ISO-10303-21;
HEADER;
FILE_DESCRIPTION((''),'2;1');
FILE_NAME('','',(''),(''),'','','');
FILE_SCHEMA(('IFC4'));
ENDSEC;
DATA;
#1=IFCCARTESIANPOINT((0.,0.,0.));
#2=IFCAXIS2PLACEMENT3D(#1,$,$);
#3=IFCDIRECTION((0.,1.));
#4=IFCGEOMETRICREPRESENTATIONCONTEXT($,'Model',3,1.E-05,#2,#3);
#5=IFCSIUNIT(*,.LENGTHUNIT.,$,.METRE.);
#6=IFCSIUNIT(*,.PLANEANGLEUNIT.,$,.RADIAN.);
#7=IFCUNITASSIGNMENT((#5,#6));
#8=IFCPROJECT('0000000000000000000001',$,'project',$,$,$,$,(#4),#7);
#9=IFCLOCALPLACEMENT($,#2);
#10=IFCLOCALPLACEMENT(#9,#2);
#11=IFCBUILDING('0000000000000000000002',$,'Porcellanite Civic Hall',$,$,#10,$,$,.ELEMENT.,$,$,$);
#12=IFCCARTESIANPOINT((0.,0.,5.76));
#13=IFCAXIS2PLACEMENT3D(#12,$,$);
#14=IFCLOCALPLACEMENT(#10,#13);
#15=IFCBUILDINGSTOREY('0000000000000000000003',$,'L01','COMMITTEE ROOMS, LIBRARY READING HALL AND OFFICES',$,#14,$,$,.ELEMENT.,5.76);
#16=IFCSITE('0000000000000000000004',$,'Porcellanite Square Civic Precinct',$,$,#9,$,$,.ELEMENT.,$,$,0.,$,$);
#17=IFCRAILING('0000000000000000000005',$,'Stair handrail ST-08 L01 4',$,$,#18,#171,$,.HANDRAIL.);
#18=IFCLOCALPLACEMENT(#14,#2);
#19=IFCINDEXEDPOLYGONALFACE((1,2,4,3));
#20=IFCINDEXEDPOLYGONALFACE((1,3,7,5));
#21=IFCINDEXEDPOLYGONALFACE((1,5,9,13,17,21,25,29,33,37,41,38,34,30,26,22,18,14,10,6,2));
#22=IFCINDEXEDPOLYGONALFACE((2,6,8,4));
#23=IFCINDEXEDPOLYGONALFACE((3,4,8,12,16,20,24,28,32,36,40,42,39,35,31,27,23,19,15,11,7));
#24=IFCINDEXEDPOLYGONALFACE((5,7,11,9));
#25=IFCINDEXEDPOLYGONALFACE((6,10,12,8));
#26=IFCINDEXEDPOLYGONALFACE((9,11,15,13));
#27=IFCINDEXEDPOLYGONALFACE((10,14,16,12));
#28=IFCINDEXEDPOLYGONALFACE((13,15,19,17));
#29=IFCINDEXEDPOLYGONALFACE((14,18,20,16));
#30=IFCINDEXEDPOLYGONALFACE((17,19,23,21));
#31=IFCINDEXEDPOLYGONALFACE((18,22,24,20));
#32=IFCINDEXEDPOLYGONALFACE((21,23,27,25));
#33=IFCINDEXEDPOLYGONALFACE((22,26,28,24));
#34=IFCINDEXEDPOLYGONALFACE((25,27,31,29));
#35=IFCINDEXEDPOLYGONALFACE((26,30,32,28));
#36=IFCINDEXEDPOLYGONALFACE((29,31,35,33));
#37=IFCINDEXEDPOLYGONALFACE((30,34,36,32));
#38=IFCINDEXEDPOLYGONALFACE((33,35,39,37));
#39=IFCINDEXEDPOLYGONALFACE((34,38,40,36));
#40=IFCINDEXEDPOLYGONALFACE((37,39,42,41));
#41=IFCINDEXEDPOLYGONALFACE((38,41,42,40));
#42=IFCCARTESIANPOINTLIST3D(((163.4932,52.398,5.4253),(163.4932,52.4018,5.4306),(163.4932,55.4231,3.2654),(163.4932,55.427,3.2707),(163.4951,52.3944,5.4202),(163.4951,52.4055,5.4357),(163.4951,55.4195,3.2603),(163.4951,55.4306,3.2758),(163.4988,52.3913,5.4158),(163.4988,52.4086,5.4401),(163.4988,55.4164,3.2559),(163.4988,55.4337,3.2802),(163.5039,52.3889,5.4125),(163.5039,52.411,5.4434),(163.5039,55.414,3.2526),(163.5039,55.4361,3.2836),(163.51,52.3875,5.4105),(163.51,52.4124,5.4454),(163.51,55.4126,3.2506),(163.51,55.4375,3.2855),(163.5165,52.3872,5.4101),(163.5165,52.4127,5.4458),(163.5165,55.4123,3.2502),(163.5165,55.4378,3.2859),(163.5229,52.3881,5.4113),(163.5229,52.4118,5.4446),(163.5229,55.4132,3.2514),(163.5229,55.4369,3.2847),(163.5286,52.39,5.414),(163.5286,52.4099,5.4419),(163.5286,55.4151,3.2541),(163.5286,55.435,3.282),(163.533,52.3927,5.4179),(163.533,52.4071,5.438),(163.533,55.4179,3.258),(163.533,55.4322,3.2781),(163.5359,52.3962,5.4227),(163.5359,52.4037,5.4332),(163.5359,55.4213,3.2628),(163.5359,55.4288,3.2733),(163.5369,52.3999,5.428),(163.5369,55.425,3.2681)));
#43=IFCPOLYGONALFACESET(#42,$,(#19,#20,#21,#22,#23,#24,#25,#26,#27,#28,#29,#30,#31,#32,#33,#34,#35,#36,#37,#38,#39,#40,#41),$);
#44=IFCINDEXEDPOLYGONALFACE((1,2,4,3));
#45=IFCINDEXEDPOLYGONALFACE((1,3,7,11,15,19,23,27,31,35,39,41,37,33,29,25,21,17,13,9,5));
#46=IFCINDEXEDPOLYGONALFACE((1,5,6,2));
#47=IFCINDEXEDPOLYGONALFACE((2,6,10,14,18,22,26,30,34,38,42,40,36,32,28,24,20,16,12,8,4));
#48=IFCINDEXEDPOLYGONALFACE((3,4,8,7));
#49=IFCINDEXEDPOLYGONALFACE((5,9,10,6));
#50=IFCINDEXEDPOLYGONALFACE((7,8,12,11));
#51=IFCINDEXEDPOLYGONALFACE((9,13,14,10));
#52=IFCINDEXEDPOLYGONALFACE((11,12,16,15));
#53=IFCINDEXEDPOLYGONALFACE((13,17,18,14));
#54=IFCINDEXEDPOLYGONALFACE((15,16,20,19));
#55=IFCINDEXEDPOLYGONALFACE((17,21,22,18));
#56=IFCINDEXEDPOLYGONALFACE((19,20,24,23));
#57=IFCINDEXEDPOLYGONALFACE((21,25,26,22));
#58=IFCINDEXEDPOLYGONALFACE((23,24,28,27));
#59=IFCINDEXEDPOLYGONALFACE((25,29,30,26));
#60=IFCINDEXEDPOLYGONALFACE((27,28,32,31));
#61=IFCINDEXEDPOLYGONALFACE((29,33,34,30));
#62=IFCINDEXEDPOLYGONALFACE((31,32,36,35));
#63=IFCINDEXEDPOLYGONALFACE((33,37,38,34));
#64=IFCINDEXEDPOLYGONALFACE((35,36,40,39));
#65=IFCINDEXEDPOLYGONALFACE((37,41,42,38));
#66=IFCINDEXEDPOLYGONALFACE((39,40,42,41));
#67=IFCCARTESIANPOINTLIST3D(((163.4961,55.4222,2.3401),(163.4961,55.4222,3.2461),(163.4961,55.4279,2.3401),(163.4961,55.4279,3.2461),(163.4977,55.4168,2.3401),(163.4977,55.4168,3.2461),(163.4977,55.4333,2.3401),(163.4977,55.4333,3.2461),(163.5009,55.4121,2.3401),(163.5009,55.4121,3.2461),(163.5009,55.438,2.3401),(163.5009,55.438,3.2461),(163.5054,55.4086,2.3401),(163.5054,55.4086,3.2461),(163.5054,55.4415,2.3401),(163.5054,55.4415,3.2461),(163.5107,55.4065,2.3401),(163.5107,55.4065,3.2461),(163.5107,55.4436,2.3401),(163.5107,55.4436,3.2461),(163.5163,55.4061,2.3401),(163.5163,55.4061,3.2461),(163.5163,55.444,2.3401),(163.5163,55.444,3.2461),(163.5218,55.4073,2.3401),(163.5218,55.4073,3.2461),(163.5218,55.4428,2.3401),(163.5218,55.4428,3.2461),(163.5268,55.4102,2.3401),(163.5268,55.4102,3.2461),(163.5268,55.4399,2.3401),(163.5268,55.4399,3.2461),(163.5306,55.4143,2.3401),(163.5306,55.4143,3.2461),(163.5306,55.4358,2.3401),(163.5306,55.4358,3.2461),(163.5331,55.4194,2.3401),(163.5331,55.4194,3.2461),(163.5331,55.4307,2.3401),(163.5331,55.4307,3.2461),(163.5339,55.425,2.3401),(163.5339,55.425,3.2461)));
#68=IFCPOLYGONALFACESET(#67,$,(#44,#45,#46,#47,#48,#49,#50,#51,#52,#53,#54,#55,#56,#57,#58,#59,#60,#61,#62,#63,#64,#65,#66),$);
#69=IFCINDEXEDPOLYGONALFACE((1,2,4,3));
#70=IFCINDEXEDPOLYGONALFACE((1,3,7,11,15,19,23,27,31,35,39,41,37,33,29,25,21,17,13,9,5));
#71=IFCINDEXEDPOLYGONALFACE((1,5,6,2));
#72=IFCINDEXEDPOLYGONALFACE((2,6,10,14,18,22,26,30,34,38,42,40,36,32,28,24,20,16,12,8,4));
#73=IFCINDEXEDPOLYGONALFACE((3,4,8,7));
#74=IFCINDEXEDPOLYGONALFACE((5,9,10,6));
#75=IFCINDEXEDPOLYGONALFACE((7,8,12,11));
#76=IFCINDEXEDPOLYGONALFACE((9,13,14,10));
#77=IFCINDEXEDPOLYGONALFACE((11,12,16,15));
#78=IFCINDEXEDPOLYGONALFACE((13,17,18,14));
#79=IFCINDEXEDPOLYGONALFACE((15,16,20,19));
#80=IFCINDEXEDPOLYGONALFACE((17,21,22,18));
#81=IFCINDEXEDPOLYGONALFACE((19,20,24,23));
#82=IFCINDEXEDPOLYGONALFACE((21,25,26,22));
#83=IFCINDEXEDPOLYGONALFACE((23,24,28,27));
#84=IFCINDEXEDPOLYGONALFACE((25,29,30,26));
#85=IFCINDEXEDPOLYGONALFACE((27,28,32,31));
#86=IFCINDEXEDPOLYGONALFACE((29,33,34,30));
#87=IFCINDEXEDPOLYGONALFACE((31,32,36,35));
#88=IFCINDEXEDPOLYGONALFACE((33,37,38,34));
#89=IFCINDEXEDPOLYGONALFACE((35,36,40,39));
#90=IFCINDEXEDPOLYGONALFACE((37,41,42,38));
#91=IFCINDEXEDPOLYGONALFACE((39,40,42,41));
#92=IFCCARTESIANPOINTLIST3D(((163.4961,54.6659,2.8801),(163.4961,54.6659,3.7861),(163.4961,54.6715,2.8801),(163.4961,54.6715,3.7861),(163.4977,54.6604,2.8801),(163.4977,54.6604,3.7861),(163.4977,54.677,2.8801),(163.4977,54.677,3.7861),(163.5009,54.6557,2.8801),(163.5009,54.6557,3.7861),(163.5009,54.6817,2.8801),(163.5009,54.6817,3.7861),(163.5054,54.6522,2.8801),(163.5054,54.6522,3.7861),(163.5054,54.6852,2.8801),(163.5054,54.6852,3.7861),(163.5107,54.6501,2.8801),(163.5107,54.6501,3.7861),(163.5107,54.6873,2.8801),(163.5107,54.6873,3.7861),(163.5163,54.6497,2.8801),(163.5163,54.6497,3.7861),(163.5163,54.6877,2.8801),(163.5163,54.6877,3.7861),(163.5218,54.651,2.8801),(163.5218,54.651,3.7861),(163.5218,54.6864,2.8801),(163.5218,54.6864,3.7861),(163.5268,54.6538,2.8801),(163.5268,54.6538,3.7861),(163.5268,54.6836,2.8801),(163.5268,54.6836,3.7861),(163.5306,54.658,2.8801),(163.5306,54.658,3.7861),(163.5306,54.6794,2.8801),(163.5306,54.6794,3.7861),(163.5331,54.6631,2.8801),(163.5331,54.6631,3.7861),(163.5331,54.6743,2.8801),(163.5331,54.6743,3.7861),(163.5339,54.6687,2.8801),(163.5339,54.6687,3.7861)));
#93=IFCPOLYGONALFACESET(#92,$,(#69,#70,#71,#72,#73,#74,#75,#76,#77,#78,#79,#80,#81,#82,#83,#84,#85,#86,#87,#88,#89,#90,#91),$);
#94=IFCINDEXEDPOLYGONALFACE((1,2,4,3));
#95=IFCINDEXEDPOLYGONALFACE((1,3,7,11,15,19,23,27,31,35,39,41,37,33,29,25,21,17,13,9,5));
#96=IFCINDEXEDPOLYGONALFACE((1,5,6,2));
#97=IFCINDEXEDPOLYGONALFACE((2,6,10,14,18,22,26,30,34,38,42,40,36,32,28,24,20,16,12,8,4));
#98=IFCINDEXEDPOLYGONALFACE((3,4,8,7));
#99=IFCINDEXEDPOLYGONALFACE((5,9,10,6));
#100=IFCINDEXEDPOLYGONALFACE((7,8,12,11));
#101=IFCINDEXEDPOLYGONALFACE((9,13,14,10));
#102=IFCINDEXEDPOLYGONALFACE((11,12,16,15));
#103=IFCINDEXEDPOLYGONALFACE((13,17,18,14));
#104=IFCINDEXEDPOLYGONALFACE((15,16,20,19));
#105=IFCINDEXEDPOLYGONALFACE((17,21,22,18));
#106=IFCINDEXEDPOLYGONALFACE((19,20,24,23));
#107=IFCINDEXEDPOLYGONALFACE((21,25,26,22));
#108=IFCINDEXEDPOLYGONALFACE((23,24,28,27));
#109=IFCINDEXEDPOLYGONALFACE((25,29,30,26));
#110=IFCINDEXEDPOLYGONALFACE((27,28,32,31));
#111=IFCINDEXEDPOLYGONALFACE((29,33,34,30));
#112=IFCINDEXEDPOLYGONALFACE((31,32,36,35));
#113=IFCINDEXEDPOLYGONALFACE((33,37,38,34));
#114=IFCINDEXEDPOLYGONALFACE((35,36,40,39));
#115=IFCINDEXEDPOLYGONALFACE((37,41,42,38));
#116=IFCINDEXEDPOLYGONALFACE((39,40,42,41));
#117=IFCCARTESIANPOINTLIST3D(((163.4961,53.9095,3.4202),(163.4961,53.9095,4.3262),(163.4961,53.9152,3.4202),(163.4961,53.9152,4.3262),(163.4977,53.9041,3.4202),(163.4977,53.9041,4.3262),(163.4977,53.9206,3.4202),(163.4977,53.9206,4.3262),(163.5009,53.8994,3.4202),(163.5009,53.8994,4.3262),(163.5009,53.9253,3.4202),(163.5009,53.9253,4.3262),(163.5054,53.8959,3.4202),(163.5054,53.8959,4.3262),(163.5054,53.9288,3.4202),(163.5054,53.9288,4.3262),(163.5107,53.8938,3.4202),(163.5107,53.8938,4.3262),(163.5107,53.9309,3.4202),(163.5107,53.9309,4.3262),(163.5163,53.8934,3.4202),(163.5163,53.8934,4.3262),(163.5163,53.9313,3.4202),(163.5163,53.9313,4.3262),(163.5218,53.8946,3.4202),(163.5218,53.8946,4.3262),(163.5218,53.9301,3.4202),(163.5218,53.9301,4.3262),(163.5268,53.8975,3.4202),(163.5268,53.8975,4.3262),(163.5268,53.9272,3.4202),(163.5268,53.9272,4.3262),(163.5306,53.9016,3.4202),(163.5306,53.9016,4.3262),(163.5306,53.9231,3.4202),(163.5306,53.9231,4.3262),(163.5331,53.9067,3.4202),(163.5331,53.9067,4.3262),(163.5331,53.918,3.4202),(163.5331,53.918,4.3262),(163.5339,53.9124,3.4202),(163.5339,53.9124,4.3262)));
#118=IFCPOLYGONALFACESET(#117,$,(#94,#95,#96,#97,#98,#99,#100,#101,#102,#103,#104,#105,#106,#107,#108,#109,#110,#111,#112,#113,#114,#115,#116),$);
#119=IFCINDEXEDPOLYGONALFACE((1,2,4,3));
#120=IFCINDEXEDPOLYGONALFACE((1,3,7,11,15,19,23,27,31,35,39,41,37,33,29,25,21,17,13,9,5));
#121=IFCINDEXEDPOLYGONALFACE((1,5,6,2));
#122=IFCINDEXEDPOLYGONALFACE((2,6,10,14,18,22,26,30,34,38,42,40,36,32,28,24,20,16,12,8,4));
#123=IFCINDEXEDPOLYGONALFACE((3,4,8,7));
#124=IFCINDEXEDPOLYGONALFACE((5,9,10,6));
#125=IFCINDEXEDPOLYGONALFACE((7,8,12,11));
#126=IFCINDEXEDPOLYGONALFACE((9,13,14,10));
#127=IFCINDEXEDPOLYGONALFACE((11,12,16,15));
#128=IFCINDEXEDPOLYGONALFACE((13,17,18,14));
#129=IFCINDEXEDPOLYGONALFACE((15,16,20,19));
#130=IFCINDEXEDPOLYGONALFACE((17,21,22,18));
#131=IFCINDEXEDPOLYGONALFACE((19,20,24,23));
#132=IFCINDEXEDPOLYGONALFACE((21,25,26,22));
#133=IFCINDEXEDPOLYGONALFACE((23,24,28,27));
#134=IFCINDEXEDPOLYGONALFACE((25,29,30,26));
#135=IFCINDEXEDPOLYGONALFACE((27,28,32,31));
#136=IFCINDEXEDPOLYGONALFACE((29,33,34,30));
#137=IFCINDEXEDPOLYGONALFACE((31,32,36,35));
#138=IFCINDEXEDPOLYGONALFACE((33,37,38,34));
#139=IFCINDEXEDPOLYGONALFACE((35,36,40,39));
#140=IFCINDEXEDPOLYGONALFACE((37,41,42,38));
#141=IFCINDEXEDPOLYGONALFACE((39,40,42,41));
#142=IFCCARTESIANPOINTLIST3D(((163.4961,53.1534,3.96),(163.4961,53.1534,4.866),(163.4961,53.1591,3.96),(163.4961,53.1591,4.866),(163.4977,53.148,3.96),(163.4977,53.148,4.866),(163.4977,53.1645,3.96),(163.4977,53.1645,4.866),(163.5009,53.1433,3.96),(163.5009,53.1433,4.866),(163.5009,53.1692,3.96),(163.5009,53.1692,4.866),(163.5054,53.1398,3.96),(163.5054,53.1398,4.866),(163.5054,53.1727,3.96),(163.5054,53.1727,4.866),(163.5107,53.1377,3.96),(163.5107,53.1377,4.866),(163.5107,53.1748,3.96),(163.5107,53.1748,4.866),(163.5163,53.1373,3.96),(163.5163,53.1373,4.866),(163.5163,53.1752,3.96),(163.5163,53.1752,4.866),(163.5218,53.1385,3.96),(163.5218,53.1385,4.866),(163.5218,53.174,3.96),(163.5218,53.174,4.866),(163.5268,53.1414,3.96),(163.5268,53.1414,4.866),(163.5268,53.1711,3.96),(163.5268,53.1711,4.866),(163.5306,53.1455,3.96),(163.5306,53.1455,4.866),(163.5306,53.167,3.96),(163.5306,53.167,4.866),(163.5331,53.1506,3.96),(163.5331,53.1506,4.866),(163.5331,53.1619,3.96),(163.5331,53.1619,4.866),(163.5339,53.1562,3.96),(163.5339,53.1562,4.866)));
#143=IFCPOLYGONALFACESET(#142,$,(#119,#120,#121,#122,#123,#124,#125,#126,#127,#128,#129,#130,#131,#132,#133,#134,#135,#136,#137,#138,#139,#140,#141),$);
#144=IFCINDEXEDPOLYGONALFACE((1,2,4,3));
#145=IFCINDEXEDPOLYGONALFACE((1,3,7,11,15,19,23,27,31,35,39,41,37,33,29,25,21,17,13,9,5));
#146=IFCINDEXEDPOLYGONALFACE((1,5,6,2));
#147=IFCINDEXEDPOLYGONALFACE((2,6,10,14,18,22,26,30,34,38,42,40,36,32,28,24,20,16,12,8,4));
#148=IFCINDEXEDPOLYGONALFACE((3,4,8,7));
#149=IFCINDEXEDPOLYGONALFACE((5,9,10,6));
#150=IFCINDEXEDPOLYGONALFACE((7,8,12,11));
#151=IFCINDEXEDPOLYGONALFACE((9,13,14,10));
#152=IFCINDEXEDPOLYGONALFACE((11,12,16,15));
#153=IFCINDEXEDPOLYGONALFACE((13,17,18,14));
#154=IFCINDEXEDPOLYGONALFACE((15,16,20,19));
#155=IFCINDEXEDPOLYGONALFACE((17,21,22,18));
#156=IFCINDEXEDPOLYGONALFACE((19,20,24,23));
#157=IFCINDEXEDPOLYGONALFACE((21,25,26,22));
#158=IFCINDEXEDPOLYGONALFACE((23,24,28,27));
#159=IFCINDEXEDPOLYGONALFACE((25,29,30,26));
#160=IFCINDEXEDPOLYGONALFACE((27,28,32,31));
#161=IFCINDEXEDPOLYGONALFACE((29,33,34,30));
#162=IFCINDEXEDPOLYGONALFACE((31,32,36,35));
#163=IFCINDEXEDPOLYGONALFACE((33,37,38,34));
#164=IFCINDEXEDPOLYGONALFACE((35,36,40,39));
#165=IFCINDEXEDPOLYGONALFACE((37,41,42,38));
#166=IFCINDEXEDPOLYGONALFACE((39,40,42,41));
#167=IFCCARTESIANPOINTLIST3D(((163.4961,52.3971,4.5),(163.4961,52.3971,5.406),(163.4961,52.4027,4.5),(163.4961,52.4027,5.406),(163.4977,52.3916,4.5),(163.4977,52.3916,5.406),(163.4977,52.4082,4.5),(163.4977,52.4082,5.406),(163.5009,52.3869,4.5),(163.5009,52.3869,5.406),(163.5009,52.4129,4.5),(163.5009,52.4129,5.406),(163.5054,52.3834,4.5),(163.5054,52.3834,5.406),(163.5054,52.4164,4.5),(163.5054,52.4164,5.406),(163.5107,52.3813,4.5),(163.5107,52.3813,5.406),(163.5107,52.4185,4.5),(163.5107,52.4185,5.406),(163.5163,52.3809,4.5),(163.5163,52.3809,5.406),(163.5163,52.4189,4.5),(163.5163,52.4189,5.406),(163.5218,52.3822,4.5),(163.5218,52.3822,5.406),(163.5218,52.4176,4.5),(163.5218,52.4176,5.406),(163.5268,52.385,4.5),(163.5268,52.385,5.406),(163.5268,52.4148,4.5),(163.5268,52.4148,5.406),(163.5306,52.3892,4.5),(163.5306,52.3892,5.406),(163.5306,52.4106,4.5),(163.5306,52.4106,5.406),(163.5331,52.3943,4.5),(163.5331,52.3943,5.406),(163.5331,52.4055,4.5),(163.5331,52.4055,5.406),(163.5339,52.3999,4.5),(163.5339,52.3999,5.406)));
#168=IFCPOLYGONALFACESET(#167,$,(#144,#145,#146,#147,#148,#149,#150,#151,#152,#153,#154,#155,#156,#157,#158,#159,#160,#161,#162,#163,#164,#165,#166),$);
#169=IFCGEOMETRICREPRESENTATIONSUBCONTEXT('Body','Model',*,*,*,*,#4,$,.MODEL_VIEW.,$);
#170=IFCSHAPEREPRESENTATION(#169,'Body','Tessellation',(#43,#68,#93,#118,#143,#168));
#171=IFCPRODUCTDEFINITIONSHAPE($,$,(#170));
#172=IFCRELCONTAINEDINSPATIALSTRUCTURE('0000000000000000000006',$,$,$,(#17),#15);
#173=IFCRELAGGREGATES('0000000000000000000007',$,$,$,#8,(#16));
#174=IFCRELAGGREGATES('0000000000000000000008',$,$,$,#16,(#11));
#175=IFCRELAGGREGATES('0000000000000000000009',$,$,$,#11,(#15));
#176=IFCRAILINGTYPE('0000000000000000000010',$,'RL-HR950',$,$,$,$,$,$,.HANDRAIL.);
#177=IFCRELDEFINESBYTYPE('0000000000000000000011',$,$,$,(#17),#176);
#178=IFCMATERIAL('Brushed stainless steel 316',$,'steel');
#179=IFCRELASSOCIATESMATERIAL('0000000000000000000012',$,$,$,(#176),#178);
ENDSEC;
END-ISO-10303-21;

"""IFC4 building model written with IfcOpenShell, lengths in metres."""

from ifc_helpers import new_model, si_unit, direction, frame, origin, origin_2d, place, context, subcontext, project, spatial, circle, extrude, material, type_object, element, save


model = new_model("IFC4")

# Units and contexts
model_context = context("Model", 3, precision=1e-05, world=origin(), true_north=direction((0.0, 1.0)))
body_context = subcontext(model_context, "Body", "Model", "MODEL_VIEW")
ifc_project = project(units=[si_unit("LENGTHUNIT", "METRE"), si_unit("PLANEANGLEUNIT", "RADIAN")], contexts=[model_context])

# Site, building, storey
site_placement = place(None, origin())
site = spatial("IfcSite", under=ifc_project, at=site_placement, Name="Porcellanite Square Civic Precinct", CompositionType="ELEMENT", RefElevation=0.0)
building_placement = place(site_placement, origin())
building = spatial("IfcBuilding", under=site, at=building_placement, Name="Porcellanite Civic Hall", CompositionType="ELEMENT")
storey_placement = place(building_placement, frame((0.0, 0.0, 5.76)))
storey = spatial("IfcBuildingStorey", under=building, at=storey_placement, Name="L01", Description="COMMITTEE ROOMS, LIBRARY READING HALL AND OFFICES", CompositionType="ELEMENT", Elevation=5.76)

# Railing
ifc_material_1 = material(Name="Brushed stainless steel 316", Category="steel")
railing_type_1 = type_object("IfcRailingType", Name="RL-HR950", PredefinedType="HANDRAIL", material=ifc_material_1)
railing_1_placement = place(storey_placement, frame((163.5149, 55.425, 2.3401)))
element("IfcRailing", 1, at=railing_1_placement, inside=storey, type_object=railing_type_1, Name="Stair handrail ST-08 L01 4", PredefinedType="HANDRAIL", context=body_context, shape_type="SweptSolid", body=[
    extrude(circle(Radius=0.022, at=origin_2d()), frame((0.0, 0.0, 0.928), z_axis=(0.0, -0.813849, 0.581077), x_axis=(1.0, 0.0, 0.0)), (0.0, 0.0, 1.0), 3.717),
    extrude(circle(Radius=0.019, at=origin_2d()), origin(), (0.0, 0.0, 1.0), 0.906),
    extrude(circle(Radius=0.019, at=origin_2d()), frame((0.0, -0.7563, 0.54)), (0.0, 0.0, 1.0), 0.906),
    extrude(circle(Radius=0.019, at=origin_2d()), frame((0.0, -1.5127, 1.0801)), (0.0, 0.0, 1.0), 0.906),
    extrude(circle(Radius=0.019, at=origin_2d()), frame((0.0, -2.2688, 1.6199)), (0.0, 0.0, 1.0), 0.906),
    extrude(circle(Radius=0.019, at=origin_2d()), frame((0.0, -3.0251, 2.1599)), (0.0, 0.0, 1.0), 0.906),
])

save(model, "model.ifc")
